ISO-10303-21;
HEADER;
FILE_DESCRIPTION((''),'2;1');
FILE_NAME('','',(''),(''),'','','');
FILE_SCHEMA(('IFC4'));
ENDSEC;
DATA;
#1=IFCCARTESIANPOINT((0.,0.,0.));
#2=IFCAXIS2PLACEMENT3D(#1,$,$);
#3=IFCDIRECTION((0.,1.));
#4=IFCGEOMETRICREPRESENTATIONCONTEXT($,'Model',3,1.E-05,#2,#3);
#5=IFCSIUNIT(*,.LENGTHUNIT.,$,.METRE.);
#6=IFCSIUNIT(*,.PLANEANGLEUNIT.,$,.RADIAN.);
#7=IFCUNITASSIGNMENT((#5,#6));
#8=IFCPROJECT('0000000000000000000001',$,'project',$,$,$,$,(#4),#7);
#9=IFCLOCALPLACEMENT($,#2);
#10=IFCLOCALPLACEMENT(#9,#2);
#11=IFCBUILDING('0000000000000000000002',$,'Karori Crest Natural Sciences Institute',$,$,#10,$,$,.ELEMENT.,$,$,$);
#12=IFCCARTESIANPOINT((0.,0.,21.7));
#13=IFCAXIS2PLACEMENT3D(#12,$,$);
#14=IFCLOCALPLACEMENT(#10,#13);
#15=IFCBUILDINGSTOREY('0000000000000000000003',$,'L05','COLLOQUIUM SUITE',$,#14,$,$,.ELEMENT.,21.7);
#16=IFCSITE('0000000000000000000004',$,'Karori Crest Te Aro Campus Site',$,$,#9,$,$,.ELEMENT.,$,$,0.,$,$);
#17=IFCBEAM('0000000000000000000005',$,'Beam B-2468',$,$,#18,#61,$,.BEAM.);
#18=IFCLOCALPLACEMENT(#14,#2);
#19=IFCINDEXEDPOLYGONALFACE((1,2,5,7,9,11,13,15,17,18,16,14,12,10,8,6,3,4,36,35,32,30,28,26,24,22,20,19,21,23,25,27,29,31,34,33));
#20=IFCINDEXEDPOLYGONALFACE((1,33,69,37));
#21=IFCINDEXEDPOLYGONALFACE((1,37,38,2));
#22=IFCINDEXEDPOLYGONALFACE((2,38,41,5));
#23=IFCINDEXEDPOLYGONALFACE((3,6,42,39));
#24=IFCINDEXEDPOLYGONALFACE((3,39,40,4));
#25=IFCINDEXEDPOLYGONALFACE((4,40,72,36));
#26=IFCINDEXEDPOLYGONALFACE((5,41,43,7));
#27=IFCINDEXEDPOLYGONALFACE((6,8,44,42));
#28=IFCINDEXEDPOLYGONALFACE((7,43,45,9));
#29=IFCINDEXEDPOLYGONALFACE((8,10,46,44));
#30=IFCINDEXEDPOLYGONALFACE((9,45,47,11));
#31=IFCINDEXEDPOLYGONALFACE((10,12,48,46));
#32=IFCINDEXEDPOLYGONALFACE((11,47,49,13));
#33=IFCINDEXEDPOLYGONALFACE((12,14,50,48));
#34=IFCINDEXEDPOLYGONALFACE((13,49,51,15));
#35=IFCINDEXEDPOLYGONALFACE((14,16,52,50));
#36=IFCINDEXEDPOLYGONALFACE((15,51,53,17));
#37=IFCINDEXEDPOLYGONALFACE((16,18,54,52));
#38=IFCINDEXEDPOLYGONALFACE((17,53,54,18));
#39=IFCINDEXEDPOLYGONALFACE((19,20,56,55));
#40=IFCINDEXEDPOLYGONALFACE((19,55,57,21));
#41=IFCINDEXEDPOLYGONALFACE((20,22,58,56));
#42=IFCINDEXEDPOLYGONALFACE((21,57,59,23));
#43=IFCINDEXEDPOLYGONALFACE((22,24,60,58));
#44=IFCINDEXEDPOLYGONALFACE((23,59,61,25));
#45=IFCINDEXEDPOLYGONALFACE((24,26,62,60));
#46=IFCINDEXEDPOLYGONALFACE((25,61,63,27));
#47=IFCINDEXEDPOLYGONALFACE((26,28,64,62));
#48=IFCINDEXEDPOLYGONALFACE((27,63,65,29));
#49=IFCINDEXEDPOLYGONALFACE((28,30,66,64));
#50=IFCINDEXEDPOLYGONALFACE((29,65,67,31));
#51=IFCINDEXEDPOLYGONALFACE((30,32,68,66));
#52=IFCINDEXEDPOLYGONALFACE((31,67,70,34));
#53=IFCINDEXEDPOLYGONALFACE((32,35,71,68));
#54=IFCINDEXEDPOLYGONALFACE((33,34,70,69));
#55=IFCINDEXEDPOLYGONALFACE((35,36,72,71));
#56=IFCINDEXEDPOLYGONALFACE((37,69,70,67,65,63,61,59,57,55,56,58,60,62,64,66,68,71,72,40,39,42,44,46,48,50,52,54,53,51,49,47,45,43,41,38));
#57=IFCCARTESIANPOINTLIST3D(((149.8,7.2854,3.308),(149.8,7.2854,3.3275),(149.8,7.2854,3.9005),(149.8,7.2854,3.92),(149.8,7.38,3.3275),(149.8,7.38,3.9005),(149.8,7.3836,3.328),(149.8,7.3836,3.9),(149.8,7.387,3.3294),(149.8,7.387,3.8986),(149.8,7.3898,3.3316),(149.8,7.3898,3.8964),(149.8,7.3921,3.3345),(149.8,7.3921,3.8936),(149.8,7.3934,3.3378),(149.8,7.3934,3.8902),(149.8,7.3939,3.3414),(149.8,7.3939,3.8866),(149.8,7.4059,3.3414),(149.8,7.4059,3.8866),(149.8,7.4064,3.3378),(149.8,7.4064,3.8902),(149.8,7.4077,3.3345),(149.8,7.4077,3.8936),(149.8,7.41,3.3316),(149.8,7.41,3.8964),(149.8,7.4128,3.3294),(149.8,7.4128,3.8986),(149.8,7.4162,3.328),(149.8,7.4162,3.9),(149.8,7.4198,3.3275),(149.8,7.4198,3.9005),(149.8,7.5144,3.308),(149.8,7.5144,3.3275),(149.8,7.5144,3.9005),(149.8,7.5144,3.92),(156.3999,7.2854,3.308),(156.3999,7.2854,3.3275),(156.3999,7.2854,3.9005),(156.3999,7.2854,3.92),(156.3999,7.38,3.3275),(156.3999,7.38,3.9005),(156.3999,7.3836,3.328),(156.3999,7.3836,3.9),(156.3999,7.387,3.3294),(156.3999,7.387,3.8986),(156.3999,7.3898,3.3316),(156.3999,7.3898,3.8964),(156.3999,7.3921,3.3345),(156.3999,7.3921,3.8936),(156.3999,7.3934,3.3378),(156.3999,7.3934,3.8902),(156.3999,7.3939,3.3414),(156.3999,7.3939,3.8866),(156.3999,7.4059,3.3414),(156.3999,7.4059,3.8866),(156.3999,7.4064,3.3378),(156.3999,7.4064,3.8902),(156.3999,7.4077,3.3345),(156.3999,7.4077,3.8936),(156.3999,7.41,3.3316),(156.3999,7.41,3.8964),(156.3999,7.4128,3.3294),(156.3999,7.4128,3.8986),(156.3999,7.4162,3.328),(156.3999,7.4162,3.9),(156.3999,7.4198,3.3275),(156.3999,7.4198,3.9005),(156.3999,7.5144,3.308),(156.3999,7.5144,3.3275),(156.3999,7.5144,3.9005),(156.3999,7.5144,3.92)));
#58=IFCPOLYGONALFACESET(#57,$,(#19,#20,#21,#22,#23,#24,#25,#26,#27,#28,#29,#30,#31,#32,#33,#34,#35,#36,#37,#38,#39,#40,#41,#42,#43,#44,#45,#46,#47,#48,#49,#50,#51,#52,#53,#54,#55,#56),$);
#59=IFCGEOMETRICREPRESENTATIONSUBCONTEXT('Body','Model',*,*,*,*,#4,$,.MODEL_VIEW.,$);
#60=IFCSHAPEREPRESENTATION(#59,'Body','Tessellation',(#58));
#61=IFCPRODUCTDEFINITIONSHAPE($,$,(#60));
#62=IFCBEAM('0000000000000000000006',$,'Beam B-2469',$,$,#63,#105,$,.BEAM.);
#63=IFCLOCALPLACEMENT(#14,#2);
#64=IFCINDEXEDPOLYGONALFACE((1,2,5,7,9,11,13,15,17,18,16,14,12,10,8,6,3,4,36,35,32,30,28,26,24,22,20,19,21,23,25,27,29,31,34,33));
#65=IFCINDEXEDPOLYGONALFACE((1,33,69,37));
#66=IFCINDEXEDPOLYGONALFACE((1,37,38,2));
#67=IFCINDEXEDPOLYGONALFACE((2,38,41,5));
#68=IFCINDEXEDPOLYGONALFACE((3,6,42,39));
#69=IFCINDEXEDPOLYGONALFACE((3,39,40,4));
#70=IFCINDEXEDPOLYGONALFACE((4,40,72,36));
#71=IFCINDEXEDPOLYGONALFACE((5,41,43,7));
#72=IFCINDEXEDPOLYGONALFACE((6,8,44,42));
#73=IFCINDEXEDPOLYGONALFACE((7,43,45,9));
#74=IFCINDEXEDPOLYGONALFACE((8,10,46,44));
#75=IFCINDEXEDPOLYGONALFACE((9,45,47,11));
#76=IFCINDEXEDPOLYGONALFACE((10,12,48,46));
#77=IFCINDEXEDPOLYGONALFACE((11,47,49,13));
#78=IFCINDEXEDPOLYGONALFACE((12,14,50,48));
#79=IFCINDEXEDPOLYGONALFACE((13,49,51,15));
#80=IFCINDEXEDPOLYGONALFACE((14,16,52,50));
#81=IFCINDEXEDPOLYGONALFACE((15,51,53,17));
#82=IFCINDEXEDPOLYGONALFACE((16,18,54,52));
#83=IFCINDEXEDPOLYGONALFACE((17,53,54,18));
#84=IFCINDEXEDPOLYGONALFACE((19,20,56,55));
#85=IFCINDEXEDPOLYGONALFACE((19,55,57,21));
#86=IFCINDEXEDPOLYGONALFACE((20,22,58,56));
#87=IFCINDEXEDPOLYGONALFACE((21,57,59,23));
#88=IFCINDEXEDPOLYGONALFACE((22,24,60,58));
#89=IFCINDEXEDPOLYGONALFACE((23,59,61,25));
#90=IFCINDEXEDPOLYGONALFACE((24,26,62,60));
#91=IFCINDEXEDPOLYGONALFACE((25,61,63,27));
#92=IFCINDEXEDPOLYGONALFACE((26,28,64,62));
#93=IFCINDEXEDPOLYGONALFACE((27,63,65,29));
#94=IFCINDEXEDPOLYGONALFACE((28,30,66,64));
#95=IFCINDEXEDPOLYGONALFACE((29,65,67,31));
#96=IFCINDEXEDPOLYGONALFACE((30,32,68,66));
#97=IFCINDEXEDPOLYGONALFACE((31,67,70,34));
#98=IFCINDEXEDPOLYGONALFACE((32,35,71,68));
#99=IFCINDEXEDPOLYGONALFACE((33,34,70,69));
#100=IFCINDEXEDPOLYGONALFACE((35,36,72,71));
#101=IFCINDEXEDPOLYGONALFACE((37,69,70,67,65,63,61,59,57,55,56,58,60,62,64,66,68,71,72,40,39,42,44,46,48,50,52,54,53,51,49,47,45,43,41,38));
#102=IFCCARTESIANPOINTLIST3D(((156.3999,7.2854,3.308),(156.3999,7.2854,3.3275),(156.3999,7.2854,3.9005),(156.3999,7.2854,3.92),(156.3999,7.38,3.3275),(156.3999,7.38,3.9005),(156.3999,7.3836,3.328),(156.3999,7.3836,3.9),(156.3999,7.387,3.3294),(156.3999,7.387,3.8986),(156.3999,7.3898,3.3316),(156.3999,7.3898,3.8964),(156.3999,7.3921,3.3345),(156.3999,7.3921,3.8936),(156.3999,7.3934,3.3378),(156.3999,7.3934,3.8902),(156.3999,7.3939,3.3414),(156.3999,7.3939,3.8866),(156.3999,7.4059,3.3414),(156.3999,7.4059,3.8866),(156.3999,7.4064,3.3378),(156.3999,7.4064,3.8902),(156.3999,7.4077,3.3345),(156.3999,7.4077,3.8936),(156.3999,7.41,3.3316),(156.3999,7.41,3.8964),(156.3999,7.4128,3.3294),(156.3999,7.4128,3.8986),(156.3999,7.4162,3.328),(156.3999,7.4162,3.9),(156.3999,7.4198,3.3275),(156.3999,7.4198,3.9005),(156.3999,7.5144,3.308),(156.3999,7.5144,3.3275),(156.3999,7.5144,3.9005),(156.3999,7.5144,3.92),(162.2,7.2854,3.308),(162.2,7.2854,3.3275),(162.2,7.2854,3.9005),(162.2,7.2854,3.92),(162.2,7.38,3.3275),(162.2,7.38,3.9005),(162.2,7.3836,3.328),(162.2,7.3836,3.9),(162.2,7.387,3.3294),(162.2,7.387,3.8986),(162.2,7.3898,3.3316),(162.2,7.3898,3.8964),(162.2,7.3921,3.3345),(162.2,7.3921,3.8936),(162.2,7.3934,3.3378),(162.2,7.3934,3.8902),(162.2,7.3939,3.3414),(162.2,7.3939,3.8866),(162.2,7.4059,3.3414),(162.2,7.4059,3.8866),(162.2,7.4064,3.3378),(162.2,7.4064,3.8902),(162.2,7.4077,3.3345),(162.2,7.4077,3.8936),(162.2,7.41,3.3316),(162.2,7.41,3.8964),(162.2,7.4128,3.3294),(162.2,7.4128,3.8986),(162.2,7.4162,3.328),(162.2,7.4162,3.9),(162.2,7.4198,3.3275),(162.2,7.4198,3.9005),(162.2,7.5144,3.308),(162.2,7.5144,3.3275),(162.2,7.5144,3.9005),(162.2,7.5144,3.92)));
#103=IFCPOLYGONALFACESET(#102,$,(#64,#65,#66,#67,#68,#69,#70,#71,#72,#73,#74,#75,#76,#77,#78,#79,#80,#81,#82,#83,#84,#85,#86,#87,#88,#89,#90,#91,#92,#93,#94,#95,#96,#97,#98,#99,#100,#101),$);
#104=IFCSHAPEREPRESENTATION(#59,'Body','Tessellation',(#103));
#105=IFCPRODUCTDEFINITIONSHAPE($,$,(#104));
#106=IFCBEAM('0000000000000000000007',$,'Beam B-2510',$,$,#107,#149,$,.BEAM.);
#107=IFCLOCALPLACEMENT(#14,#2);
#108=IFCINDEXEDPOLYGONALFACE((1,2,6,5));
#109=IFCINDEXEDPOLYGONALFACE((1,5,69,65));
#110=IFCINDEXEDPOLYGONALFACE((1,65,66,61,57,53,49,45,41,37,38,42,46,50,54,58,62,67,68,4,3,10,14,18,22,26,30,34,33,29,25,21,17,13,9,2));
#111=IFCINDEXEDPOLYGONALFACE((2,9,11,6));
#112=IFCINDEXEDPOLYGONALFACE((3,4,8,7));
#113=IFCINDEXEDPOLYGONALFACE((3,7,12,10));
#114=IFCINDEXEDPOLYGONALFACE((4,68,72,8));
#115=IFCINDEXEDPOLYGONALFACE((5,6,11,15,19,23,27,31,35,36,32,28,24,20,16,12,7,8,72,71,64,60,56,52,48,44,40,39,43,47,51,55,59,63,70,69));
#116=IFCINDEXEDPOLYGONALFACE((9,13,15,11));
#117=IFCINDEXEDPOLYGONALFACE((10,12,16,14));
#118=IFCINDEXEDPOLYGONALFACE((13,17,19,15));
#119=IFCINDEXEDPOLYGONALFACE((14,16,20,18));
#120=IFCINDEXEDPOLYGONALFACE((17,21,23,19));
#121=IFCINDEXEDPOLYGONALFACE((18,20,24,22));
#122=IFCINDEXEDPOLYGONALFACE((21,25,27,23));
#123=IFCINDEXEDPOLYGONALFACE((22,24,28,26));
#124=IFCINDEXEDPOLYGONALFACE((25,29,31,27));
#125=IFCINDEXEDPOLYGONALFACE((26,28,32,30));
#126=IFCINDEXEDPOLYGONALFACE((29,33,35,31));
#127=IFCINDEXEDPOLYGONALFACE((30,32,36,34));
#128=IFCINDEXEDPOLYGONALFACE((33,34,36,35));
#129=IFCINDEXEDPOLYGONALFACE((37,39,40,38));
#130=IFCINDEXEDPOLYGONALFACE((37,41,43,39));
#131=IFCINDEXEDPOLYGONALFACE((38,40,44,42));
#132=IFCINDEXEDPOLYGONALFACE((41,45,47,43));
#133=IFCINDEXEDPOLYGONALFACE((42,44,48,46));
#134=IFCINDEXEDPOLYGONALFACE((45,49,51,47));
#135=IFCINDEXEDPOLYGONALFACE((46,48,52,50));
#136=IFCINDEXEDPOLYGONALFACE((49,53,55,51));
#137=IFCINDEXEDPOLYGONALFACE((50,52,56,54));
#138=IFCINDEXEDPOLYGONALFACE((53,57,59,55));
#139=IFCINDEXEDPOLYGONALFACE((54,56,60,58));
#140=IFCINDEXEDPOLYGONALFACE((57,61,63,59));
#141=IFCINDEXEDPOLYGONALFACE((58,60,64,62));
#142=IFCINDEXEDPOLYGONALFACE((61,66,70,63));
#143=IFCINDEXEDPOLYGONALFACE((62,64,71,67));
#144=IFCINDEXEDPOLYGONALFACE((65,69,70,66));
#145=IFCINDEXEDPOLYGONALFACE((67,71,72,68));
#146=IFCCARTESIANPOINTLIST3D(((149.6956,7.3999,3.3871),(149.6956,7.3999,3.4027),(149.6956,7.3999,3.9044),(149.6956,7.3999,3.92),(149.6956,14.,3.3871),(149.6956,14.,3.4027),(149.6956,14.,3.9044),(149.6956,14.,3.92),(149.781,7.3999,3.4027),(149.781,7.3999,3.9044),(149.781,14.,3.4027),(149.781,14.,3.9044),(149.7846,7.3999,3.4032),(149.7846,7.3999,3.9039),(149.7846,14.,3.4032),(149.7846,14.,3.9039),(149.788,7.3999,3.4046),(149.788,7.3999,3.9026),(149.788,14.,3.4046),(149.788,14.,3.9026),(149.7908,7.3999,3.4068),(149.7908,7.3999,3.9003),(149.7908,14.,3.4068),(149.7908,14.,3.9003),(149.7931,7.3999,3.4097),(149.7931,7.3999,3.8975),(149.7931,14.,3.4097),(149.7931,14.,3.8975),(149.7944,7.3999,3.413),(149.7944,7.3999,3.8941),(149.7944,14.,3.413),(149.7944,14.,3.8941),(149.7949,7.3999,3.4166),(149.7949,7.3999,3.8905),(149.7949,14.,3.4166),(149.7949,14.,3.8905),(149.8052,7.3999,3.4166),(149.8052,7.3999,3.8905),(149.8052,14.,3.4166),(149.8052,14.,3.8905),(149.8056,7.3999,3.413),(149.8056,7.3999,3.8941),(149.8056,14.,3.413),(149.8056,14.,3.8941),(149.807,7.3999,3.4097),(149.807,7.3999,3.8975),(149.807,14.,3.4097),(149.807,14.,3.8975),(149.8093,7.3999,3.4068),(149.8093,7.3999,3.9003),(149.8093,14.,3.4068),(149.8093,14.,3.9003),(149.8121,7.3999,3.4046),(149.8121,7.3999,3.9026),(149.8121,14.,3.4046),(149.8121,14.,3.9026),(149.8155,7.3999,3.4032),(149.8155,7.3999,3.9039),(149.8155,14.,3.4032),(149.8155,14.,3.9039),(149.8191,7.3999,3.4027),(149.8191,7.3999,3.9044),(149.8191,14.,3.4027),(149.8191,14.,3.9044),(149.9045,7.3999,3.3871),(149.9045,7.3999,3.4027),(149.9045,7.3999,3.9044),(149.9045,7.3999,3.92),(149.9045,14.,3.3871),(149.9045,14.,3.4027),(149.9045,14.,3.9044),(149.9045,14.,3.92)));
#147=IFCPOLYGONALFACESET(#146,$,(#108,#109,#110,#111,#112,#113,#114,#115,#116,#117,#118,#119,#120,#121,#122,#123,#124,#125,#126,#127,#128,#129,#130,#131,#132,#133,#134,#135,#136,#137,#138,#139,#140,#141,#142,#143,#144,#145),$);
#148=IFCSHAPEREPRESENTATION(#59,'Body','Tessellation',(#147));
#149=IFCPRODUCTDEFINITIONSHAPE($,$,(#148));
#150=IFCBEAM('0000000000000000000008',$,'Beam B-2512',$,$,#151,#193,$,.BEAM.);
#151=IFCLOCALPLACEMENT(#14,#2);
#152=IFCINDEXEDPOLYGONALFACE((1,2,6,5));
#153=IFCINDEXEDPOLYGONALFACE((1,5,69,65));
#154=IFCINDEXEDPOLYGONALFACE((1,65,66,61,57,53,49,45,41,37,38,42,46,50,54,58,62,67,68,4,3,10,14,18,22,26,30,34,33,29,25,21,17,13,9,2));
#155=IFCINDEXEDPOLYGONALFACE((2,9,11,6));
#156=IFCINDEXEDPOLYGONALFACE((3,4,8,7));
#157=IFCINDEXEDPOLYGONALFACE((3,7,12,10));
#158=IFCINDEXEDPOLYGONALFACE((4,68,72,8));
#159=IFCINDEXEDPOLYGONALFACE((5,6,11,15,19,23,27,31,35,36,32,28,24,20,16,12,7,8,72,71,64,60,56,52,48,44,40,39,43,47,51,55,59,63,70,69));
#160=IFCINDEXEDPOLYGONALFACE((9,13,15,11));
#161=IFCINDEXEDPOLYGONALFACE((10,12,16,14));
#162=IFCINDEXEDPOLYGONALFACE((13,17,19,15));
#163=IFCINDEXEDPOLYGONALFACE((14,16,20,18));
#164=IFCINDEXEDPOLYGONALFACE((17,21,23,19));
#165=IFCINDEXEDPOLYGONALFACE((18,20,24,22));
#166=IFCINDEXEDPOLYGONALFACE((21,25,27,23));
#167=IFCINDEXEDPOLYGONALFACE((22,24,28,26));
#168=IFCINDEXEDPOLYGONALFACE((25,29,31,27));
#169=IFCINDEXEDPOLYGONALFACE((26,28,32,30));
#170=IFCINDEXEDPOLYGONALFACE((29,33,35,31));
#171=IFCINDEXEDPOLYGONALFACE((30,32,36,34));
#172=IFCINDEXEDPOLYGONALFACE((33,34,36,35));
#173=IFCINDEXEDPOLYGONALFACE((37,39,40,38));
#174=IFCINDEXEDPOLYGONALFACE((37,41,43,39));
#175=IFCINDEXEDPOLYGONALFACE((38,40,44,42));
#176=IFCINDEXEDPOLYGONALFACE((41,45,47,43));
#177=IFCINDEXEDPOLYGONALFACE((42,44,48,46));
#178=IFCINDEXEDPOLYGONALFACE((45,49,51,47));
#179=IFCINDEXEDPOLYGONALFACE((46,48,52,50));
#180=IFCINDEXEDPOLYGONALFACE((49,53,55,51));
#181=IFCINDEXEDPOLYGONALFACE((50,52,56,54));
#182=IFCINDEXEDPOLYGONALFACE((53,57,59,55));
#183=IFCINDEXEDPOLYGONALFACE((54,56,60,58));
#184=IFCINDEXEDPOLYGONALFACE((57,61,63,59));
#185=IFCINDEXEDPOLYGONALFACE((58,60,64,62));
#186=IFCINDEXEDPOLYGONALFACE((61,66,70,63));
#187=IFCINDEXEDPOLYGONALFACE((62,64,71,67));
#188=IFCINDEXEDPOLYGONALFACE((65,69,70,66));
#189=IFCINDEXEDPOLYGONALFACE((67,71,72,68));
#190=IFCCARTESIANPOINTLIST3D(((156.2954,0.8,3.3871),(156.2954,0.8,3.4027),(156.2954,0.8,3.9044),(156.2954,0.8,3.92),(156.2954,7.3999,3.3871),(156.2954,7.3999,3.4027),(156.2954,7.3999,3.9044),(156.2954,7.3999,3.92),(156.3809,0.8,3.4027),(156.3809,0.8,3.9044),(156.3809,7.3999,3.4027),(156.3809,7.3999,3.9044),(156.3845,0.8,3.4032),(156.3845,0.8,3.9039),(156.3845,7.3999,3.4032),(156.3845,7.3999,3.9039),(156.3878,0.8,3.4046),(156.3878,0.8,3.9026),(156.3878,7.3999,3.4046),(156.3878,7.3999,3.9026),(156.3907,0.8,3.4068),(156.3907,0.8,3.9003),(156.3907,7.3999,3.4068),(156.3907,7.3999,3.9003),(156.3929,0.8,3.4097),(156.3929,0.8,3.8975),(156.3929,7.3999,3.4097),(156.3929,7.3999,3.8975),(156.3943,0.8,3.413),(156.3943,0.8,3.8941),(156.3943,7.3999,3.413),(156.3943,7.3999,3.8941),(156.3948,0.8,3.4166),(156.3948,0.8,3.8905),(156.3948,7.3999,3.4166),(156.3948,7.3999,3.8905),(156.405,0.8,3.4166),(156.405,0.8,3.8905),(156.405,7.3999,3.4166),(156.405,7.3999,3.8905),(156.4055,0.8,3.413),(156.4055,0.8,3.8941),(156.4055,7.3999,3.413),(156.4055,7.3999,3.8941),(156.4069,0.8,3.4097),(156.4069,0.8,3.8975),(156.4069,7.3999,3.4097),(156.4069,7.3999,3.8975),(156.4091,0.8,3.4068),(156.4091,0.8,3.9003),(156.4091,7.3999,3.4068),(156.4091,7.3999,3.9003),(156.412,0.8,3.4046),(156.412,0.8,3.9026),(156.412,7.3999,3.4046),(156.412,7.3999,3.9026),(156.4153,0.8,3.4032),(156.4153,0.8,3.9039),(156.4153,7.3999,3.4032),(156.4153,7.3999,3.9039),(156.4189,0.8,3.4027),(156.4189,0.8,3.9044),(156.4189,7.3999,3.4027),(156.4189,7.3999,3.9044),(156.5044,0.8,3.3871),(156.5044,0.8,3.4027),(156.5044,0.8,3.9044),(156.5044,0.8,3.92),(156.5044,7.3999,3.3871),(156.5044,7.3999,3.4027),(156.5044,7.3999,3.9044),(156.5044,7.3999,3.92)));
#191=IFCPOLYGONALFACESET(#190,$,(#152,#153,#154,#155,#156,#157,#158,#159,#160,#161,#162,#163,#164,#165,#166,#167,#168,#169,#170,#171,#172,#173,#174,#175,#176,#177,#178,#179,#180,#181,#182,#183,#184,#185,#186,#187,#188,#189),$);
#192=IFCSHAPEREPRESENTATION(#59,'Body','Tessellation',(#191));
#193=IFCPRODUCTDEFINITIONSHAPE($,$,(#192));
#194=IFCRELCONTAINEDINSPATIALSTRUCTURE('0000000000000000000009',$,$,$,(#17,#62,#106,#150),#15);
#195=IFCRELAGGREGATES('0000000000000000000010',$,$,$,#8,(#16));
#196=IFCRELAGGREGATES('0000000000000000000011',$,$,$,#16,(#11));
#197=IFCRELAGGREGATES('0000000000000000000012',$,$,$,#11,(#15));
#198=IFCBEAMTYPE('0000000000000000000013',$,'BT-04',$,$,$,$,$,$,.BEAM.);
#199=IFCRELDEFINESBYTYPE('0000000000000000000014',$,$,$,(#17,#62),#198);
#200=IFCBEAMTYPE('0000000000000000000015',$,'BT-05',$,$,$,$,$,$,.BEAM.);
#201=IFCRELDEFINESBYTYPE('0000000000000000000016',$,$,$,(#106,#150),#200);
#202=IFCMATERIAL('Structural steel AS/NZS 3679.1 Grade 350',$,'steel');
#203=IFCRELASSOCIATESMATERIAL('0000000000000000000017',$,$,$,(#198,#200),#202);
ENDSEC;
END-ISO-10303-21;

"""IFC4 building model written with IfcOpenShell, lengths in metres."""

from ifc_helpers import new_model, si_unit, direction, frame, origin, origin_2d, place, context, subcontext, project, spatial, i_section, extrude, material, material_profile, profile_set, type_object, element, save


model = new_model("IFC4")

# Units and contexts
model_context = context("Model", 3, precision=1e-05, world=origin(), true_north=direction((0.0, 1.0)))
body_context = subcontext(model_context, "Body", "Model", "MODEL_VIEW")
ifc_project = project(units=[si_unit("LENGTHUNIT", "METRE"), si_unit("PLANEANGLEUNIT", "RADIAN")], contexts=[model_context])

# Site, building, storey
site_placement = place(None, origin())
site = spatial("IfcSite", under=ifc_project, at=site_placement, Name="Karori Crest Te Aro Campus Site", CompositionType="ELEMENT", RefElevation=0.0)
building_placement = place(site_placement, origin())
building = spatial("IfcBuilding", under=site, at=building_placement, Name="Karori Crest Natural Sciences Institute", CompositionType="ELEMENT")
storey_placement = place(building_placement, frame((0.0, 0.0, 21.7)))
storey = spatial("IfcBuildingStorey", under=building, at=storey_placement, Name="L05", Description="COLLOQUIUM SUITE", CompositionType="ELEMENT", Elevation=21.7)

# Shared definitions
ifc_material_1 = material(Name="Structural steel AS/NZS 3679.1 Grade 350", Category="steel")

# Beams
ifc_material_profile_1 = material_profile(ifc_material_1, i_section(OverallWidth=0.229, OverallDepth=0.6121, WebThickness=0.012, FlangeThickness=0.0195, FilletRadius=0.0139, at=origin_2d()), Name="610UB125")
ifc_profile_set_1 = profile_set([ifc_material_profile_1], Name="Structural steel AS/NZS 3679.1 Grade 350")
beam_type_1 = type_object("IfcBeamType", Name="BT-04", PredefinedType="BEAM", material=ifc_profile_set_1)
beam_1_placement = place(storey_placement, frame((149.8, 7.3999, 3.614), z_axis=(1.0, 0.0, 0.0), x_axis=(0.0, 1.0, 0.0)))
element("IfcBeam", 1, at=beam_1_placement, inside=storey, type_object=beam_type_1, Name="Beam B-2468", PredefinedType="BEAM", context=body_context, shape_type="SweptSolid", body=[
    extrude(i_section(OverallWidth=0.229, OverallDepth=0.6121, WebThickness=0.012, FlangeThickness=0.0195, FilletRadius=0.0139, at=origin_2d()), origin(), (0.0, 0.0, 1.0), 6.5999),
])
beam_2_placement = place(storey_placement, frame((156.3999, 7.3999, 3.614), z_axis=(1.0, 0.0, 0.0), x_axis=(0.0, 1.0, 0.0)))
element("IfcBeam", 2, at=beam_2_placement, inside=storey, type_object=beam_type_1, Name="Beam B-2469", PredefinedType="BEAM", context=body_context, shape_type="SweptSolid", body=[
    extrude(i_section(OverallWidth=0.229, OverallDepth=0.6121, WebThickness=0.012, FlangeThickness=0.0195, FilletRadius=0.0139, at=origin_2d()), origin(), (0.0, 0.0, 1.0), 5.8),
])
ifc_material_profile_2 = material_profile(ifc_material_1, i_section(OverallWidth=0.209, OverallDepth=0.533, WebThickness=0.0103, FlangeThickness=0.0156, FilletRadius=0.0139, at=origin_2d()), Name="530UB92.4")
ifc_profile_set_2 = profile_set([ifc_material_profile_2], Name="Structural steel AS/NZS 3679.1 Grade 350")
beam_type_2 = type_object("IfcBeamType", Name="BT-05", PredefinedType="BEAM", material=ifc_profile_set_2)
beam_3_placement = place(storey_placement, frame((149.8, 7.3999, 3.6536), z_axis=(0.0, 1.0, 0.0), x_axis=(-1.0, 0.0, 0.0)))
element("IfcBeam", 3, at=beam_3_placement, inside=storey, type_object=beam_type_2, Name="Beam B-2510", PredefinedType="BEAM", context=body_context, shape_type="SweptSolid", body=[
    extrude(i_section(OverallWidth=0.209, OverallDepth=0.533, WebThickness=0.0103, FlangeThickness=0.0156, FilletRadius=0.0139, at=origin_2d()), origin(), (0.0, 0.0, 1.0), 6.6001),
])
beam_4_placement = place(storey_placement, frame((156.3999, 0.8, 3.6536), z_axis=(0.0, 1.0, 0.0), x_axis=(-1.0, 0.0, 0.0)))
element("IfcBeam", 4, at=beam_4_placement, inside=storey, type_object=beam_type_2, Name="Beam B-2512", PredefinedType="BEAM", context=body_context, shape_type="SweptSolid", body=[
    extrude(i_section(OverallWidth=0.209, OverallDepth=0.533, WebThickness=0.0103, FlangeThickness=0.0156, FilletRadius=0.0139, at=origin_2d()), origin(), (0.0, 0.0, 1.0), 6.5999),
])

save(model, "model.ifc")
